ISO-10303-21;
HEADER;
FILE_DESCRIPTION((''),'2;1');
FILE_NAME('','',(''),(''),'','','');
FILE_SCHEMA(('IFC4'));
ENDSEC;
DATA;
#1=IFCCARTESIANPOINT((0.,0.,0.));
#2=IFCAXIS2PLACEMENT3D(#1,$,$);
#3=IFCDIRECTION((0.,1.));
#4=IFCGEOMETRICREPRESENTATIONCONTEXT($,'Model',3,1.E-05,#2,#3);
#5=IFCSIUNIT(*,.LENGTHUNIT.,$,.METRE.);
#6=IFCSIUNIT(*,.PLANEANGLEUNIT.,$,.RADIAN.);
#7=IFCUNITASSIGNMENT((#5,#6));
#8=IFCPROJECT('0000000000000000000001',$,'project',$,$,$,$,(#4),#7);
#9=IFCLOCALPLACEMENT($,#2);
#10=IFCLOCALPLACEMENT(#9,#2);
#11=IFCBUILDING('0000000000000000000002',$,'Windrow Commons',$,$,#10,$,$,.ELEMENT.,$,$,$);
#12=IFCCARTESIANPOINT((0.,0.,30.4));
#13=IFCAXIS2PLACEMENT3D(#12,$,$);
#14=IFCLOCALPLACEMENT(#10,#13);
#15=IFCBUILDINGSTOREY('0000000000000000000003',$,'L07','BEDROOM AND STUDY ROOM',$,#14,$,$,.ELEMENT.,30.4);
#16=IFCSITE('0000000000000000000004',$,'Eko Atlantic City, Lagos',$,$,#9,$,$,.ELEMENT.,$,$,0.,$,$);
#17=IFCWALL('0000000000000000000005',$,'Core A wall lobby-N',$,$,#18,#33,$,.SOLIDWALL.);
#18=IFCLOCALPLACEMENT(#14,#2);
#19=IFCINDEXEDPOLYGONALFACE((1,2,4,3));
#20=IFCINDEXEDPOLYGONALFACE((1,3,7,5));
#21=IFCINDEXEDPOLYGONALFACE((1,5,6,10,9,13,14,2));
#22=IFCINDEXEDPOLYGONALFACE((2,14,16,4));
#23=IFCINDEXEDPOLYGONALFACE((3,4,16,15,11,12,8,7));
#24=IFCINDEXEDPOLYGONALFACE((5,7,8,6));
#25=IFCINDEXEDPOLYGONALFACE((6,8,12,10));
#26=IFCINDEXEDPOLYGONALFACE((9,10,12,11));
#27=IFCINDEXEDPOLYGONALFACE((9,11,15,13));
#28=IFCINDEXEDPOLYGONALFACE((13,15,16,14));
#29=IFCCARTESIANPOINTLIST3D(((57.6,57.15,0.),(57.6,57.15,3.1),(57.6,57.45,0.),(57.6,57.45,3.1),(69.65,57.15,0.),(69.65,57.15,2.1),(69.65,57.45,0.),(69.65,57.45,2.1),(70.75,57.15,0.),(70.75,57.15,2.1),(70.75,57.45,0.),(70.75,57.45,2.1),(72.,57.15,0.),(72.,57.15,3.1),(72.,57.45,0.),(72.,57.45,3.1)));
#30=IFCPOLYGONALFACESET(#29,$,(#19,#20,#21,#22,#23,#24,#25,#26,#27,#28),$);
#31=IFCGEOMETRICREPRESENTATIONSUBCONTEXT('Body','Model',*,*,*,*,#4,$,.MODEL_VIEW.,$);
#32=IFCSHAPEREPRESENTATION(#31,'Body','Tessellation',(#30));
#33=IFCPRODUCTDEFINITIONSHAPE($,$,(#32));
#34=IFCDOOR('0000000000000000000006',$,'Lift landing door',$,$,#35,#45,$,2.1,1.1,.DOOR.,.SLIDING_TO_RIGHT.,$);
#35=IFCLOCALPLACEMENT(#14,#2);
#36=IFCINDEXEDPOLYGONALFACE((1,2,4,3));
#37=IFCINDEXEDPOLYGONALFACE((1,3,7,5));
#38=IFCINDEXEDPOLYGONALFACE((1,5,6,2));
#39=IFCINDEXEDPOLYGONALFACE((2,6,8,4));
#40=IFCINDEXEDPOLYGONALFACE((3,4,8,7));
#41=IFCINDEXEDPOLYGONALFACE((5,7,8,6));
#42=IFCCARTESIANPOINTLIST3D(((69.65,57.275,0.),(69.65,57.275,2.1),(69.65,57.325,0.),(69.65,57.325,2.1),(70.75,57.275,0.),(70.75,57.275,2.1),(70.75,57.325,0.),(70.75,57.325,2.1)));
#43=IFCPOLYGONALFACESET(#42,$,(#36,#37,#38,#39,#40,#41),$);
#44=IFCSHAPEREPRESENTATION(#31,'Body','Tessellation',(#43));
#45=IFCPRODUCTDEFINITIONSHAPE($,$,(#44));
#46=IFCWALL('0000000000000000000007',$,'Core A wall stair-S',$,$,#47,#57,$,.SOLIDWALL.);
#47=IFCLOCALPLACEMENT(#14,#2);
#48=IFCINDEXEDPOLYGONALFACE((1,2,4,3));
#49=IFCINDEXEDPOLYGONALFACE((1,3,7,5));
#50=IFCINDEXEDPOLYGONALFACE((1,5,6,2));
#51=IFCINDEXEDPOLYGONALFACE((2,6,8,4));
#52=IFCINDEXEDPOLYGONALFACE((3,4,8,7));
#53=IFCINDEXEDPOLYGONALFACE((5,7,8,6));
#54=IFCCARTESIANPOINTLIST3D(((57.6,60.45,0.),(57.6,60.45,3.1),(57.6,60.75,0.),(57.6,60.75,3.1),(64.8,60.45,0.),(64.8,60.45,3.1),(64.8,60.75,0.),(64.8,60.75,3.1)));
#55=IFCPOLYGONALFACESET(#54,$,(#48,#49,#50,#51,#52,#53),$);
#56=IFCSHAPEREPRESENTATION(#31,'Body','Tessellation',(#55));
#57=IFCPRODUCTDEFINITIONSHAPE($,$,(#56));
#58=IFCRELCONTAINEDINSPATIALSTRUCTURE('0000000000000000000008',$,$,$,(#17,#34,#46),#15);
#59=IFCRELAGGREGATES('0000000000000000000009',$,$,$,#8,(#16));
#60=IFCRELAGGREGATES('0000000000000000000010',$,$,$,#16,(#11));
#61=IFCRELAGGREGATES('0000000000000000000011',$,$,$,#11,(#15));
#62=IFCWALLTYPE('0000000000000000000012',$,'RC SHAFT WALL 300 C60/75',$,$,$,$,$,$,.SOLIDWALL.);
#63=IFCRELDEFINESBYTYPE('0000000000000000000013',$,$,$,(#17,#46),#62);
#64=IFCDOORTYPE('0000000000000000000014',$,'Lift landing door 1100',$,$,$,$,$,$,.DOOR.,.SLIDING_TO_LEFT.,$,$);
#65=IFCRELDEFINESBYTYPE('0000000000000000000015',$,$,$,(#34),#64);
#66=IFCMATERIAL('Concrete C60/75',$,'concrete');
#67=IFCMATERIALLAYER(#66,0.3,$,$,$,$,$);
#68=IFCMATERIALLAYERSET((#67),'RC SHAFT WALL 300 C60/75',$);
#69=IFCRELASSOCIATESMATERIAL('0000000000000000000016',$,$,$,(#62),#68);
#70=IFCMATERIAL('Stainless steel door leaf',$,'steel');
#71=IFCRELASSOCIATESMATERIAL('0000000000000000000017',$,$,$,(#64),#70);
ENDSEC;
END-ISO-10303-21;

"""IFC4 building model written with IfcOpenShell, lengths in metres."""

from ifc_helpers import new_model, si_unit, direction, frame, frame_2d, origin, place, context, subcontext, project, spatial, rectangle, extrude, material, layer, layer_set, type_object, element, fill, save


model = new_model("IFC4")

# Units and contexts
model_context = context("Model", 3, precision=1e-05, world=origin(), true_north=direction((0.0, 1.0)))
body_context = subcontext(model_context, "Body", "Model", "MODEL_VIEW")
ifc_project = project(units=[si_unit("LENGTHUNIT", "METRE"), si_unit("PLANEANGLEUNIT", "RADIAN")], contexts=[model_context])

# Site, building, storey
site_placement = place(None, origin())
site = spatial("IfcSite", under=ifc_project, at=site_placement, Name="Eko Atlantic City, Lagos", CompositionType="ELEMENT", RefElevation=0.0)
building_placement = place(site_placement, origin())
building = spatial("IfcBuilding", under=site, at=building_placement, Name="Windrow Commons", CompositionType="ELEMENT")
storey_placement = place(building_placement, frame((0.0, 0.0, 30.4)))
storey = spatial("IfcBuildingStorey", under=building, at=storey_placement, Name="L07", Description="BEDROOM AND STUDY ROOM", CompositionType="ELEMENT", Elevation=30.4)

# Shared definitions
ifc_material_1 = material(Name="Concrete C60/75", Category="concrete")
ifc_layer_1 = layer(ifc_material_1, 0.3)
ifc_layer_set_1 = layer_set([ifc_layer_1], Name="RC SHAFT WALL 300 C60/75")
wall_type_1 = type_object("IfcWallType", Name="RC SHAFT WALL 300 C60/75", PredefinedType="SOLIDWALL", material=ifc_layer_set_1)

# Shared definitions
ifc_material_2 = material(Name="Stainless steel door leaf", Category="steel")
door_type_1 = type_object("IfcDoorType", Name="Lift landing door 1100", OperationType="SLIDING_TO_LEFT", PredefinedType="DOOR", material=ifc_material_2)

# Wall, opening, door
wall_1_placement = place(storey_placement, frame((57.6, 57.3, 0.0), z_axis=(0.0, 0.0, 1.0), x_axis=(1.0, 0.0, 0.0)))
wall_1 = element("IfcWall", 1, at=wall_1_placement, inside=storey, type_object=wall_type_1, Name="Core A wall lobby-N", PredefinedType="SOLIDWALL", context=body_context, shape_type="SweptSolid", body=[
    extrude(rectangle(XDim=14.4, YDim=0.3, at=frame_2d((7.2, 0.0))), origin(), (0.0, 0.0, 1.0), 3.1),
])
opening_1_placement = place(wall_1_placement, frame((12.05, 0.0, 0.0)))
opening_1 = element("IfcOpeningElement", 2, at=opening_1_placement, cuts=wall_1, PredefinedType="OPENING", context=body_context, shape_type="SweptSolid", body=[
    extrude(rectangle(XDim=1.1, YDim=2.1, at=frame_2d((0.55, 1.05))), frame((0.0, 0.16, 0.0), z_axis=(0.0, -1.0, 0.0), x_axis=(1.0, 0.0, 0.0)), (0.0, 0.0, 1.0), 0.32),
])
door_1_placement = place(opening_1_placement, origin())
door_1 = element("IfcDoor", 3, at=door_1_placement, inside=storey, type_object=door_type_1, Name="Lift landing door", OperationType="SLIDING_TO_RIGHT", OverallHeight=2.1, OverallWidth=1.1, PredefinedType="DOOR", context=body_context, shape_type="SweptSolid", body=[
    extrude(rectangle(XDim=1.1, YDim=2.1, at=frame_2d((0.55, 1.05))), frame((0.0, 0.025, 0.0), z_axis=(0.0, -1.0, 0.0), x_axis=(1.0, 0.0, 0.0)), (0.0, 0.0, 1.0), 0.05),
])
fill(opening_1, door_1)

# Wall
wall_2_placement = place(storey_placement, frame((57.6, 60.6, 0.0), z_axis=(0.0, 0.0, 1.0), x_axis=(1.0, 0.0, 0.0)))
element("IfcWall", 4, at=wall_2_placement, inside=storey, type_object=wall_type_1, Name="Core A wall stair-S", PredefinedType="SOLIDWALL", context=body_context, shape_type="SweptSolid", body=[
    extrude(rectangle(XDim=7.2, YDim=0.3, at=frame_2d((3.6, 0.0))), origin(), (0.0, 0.0, 1.0), 3.1),
])

save(model, "model.ifc")
